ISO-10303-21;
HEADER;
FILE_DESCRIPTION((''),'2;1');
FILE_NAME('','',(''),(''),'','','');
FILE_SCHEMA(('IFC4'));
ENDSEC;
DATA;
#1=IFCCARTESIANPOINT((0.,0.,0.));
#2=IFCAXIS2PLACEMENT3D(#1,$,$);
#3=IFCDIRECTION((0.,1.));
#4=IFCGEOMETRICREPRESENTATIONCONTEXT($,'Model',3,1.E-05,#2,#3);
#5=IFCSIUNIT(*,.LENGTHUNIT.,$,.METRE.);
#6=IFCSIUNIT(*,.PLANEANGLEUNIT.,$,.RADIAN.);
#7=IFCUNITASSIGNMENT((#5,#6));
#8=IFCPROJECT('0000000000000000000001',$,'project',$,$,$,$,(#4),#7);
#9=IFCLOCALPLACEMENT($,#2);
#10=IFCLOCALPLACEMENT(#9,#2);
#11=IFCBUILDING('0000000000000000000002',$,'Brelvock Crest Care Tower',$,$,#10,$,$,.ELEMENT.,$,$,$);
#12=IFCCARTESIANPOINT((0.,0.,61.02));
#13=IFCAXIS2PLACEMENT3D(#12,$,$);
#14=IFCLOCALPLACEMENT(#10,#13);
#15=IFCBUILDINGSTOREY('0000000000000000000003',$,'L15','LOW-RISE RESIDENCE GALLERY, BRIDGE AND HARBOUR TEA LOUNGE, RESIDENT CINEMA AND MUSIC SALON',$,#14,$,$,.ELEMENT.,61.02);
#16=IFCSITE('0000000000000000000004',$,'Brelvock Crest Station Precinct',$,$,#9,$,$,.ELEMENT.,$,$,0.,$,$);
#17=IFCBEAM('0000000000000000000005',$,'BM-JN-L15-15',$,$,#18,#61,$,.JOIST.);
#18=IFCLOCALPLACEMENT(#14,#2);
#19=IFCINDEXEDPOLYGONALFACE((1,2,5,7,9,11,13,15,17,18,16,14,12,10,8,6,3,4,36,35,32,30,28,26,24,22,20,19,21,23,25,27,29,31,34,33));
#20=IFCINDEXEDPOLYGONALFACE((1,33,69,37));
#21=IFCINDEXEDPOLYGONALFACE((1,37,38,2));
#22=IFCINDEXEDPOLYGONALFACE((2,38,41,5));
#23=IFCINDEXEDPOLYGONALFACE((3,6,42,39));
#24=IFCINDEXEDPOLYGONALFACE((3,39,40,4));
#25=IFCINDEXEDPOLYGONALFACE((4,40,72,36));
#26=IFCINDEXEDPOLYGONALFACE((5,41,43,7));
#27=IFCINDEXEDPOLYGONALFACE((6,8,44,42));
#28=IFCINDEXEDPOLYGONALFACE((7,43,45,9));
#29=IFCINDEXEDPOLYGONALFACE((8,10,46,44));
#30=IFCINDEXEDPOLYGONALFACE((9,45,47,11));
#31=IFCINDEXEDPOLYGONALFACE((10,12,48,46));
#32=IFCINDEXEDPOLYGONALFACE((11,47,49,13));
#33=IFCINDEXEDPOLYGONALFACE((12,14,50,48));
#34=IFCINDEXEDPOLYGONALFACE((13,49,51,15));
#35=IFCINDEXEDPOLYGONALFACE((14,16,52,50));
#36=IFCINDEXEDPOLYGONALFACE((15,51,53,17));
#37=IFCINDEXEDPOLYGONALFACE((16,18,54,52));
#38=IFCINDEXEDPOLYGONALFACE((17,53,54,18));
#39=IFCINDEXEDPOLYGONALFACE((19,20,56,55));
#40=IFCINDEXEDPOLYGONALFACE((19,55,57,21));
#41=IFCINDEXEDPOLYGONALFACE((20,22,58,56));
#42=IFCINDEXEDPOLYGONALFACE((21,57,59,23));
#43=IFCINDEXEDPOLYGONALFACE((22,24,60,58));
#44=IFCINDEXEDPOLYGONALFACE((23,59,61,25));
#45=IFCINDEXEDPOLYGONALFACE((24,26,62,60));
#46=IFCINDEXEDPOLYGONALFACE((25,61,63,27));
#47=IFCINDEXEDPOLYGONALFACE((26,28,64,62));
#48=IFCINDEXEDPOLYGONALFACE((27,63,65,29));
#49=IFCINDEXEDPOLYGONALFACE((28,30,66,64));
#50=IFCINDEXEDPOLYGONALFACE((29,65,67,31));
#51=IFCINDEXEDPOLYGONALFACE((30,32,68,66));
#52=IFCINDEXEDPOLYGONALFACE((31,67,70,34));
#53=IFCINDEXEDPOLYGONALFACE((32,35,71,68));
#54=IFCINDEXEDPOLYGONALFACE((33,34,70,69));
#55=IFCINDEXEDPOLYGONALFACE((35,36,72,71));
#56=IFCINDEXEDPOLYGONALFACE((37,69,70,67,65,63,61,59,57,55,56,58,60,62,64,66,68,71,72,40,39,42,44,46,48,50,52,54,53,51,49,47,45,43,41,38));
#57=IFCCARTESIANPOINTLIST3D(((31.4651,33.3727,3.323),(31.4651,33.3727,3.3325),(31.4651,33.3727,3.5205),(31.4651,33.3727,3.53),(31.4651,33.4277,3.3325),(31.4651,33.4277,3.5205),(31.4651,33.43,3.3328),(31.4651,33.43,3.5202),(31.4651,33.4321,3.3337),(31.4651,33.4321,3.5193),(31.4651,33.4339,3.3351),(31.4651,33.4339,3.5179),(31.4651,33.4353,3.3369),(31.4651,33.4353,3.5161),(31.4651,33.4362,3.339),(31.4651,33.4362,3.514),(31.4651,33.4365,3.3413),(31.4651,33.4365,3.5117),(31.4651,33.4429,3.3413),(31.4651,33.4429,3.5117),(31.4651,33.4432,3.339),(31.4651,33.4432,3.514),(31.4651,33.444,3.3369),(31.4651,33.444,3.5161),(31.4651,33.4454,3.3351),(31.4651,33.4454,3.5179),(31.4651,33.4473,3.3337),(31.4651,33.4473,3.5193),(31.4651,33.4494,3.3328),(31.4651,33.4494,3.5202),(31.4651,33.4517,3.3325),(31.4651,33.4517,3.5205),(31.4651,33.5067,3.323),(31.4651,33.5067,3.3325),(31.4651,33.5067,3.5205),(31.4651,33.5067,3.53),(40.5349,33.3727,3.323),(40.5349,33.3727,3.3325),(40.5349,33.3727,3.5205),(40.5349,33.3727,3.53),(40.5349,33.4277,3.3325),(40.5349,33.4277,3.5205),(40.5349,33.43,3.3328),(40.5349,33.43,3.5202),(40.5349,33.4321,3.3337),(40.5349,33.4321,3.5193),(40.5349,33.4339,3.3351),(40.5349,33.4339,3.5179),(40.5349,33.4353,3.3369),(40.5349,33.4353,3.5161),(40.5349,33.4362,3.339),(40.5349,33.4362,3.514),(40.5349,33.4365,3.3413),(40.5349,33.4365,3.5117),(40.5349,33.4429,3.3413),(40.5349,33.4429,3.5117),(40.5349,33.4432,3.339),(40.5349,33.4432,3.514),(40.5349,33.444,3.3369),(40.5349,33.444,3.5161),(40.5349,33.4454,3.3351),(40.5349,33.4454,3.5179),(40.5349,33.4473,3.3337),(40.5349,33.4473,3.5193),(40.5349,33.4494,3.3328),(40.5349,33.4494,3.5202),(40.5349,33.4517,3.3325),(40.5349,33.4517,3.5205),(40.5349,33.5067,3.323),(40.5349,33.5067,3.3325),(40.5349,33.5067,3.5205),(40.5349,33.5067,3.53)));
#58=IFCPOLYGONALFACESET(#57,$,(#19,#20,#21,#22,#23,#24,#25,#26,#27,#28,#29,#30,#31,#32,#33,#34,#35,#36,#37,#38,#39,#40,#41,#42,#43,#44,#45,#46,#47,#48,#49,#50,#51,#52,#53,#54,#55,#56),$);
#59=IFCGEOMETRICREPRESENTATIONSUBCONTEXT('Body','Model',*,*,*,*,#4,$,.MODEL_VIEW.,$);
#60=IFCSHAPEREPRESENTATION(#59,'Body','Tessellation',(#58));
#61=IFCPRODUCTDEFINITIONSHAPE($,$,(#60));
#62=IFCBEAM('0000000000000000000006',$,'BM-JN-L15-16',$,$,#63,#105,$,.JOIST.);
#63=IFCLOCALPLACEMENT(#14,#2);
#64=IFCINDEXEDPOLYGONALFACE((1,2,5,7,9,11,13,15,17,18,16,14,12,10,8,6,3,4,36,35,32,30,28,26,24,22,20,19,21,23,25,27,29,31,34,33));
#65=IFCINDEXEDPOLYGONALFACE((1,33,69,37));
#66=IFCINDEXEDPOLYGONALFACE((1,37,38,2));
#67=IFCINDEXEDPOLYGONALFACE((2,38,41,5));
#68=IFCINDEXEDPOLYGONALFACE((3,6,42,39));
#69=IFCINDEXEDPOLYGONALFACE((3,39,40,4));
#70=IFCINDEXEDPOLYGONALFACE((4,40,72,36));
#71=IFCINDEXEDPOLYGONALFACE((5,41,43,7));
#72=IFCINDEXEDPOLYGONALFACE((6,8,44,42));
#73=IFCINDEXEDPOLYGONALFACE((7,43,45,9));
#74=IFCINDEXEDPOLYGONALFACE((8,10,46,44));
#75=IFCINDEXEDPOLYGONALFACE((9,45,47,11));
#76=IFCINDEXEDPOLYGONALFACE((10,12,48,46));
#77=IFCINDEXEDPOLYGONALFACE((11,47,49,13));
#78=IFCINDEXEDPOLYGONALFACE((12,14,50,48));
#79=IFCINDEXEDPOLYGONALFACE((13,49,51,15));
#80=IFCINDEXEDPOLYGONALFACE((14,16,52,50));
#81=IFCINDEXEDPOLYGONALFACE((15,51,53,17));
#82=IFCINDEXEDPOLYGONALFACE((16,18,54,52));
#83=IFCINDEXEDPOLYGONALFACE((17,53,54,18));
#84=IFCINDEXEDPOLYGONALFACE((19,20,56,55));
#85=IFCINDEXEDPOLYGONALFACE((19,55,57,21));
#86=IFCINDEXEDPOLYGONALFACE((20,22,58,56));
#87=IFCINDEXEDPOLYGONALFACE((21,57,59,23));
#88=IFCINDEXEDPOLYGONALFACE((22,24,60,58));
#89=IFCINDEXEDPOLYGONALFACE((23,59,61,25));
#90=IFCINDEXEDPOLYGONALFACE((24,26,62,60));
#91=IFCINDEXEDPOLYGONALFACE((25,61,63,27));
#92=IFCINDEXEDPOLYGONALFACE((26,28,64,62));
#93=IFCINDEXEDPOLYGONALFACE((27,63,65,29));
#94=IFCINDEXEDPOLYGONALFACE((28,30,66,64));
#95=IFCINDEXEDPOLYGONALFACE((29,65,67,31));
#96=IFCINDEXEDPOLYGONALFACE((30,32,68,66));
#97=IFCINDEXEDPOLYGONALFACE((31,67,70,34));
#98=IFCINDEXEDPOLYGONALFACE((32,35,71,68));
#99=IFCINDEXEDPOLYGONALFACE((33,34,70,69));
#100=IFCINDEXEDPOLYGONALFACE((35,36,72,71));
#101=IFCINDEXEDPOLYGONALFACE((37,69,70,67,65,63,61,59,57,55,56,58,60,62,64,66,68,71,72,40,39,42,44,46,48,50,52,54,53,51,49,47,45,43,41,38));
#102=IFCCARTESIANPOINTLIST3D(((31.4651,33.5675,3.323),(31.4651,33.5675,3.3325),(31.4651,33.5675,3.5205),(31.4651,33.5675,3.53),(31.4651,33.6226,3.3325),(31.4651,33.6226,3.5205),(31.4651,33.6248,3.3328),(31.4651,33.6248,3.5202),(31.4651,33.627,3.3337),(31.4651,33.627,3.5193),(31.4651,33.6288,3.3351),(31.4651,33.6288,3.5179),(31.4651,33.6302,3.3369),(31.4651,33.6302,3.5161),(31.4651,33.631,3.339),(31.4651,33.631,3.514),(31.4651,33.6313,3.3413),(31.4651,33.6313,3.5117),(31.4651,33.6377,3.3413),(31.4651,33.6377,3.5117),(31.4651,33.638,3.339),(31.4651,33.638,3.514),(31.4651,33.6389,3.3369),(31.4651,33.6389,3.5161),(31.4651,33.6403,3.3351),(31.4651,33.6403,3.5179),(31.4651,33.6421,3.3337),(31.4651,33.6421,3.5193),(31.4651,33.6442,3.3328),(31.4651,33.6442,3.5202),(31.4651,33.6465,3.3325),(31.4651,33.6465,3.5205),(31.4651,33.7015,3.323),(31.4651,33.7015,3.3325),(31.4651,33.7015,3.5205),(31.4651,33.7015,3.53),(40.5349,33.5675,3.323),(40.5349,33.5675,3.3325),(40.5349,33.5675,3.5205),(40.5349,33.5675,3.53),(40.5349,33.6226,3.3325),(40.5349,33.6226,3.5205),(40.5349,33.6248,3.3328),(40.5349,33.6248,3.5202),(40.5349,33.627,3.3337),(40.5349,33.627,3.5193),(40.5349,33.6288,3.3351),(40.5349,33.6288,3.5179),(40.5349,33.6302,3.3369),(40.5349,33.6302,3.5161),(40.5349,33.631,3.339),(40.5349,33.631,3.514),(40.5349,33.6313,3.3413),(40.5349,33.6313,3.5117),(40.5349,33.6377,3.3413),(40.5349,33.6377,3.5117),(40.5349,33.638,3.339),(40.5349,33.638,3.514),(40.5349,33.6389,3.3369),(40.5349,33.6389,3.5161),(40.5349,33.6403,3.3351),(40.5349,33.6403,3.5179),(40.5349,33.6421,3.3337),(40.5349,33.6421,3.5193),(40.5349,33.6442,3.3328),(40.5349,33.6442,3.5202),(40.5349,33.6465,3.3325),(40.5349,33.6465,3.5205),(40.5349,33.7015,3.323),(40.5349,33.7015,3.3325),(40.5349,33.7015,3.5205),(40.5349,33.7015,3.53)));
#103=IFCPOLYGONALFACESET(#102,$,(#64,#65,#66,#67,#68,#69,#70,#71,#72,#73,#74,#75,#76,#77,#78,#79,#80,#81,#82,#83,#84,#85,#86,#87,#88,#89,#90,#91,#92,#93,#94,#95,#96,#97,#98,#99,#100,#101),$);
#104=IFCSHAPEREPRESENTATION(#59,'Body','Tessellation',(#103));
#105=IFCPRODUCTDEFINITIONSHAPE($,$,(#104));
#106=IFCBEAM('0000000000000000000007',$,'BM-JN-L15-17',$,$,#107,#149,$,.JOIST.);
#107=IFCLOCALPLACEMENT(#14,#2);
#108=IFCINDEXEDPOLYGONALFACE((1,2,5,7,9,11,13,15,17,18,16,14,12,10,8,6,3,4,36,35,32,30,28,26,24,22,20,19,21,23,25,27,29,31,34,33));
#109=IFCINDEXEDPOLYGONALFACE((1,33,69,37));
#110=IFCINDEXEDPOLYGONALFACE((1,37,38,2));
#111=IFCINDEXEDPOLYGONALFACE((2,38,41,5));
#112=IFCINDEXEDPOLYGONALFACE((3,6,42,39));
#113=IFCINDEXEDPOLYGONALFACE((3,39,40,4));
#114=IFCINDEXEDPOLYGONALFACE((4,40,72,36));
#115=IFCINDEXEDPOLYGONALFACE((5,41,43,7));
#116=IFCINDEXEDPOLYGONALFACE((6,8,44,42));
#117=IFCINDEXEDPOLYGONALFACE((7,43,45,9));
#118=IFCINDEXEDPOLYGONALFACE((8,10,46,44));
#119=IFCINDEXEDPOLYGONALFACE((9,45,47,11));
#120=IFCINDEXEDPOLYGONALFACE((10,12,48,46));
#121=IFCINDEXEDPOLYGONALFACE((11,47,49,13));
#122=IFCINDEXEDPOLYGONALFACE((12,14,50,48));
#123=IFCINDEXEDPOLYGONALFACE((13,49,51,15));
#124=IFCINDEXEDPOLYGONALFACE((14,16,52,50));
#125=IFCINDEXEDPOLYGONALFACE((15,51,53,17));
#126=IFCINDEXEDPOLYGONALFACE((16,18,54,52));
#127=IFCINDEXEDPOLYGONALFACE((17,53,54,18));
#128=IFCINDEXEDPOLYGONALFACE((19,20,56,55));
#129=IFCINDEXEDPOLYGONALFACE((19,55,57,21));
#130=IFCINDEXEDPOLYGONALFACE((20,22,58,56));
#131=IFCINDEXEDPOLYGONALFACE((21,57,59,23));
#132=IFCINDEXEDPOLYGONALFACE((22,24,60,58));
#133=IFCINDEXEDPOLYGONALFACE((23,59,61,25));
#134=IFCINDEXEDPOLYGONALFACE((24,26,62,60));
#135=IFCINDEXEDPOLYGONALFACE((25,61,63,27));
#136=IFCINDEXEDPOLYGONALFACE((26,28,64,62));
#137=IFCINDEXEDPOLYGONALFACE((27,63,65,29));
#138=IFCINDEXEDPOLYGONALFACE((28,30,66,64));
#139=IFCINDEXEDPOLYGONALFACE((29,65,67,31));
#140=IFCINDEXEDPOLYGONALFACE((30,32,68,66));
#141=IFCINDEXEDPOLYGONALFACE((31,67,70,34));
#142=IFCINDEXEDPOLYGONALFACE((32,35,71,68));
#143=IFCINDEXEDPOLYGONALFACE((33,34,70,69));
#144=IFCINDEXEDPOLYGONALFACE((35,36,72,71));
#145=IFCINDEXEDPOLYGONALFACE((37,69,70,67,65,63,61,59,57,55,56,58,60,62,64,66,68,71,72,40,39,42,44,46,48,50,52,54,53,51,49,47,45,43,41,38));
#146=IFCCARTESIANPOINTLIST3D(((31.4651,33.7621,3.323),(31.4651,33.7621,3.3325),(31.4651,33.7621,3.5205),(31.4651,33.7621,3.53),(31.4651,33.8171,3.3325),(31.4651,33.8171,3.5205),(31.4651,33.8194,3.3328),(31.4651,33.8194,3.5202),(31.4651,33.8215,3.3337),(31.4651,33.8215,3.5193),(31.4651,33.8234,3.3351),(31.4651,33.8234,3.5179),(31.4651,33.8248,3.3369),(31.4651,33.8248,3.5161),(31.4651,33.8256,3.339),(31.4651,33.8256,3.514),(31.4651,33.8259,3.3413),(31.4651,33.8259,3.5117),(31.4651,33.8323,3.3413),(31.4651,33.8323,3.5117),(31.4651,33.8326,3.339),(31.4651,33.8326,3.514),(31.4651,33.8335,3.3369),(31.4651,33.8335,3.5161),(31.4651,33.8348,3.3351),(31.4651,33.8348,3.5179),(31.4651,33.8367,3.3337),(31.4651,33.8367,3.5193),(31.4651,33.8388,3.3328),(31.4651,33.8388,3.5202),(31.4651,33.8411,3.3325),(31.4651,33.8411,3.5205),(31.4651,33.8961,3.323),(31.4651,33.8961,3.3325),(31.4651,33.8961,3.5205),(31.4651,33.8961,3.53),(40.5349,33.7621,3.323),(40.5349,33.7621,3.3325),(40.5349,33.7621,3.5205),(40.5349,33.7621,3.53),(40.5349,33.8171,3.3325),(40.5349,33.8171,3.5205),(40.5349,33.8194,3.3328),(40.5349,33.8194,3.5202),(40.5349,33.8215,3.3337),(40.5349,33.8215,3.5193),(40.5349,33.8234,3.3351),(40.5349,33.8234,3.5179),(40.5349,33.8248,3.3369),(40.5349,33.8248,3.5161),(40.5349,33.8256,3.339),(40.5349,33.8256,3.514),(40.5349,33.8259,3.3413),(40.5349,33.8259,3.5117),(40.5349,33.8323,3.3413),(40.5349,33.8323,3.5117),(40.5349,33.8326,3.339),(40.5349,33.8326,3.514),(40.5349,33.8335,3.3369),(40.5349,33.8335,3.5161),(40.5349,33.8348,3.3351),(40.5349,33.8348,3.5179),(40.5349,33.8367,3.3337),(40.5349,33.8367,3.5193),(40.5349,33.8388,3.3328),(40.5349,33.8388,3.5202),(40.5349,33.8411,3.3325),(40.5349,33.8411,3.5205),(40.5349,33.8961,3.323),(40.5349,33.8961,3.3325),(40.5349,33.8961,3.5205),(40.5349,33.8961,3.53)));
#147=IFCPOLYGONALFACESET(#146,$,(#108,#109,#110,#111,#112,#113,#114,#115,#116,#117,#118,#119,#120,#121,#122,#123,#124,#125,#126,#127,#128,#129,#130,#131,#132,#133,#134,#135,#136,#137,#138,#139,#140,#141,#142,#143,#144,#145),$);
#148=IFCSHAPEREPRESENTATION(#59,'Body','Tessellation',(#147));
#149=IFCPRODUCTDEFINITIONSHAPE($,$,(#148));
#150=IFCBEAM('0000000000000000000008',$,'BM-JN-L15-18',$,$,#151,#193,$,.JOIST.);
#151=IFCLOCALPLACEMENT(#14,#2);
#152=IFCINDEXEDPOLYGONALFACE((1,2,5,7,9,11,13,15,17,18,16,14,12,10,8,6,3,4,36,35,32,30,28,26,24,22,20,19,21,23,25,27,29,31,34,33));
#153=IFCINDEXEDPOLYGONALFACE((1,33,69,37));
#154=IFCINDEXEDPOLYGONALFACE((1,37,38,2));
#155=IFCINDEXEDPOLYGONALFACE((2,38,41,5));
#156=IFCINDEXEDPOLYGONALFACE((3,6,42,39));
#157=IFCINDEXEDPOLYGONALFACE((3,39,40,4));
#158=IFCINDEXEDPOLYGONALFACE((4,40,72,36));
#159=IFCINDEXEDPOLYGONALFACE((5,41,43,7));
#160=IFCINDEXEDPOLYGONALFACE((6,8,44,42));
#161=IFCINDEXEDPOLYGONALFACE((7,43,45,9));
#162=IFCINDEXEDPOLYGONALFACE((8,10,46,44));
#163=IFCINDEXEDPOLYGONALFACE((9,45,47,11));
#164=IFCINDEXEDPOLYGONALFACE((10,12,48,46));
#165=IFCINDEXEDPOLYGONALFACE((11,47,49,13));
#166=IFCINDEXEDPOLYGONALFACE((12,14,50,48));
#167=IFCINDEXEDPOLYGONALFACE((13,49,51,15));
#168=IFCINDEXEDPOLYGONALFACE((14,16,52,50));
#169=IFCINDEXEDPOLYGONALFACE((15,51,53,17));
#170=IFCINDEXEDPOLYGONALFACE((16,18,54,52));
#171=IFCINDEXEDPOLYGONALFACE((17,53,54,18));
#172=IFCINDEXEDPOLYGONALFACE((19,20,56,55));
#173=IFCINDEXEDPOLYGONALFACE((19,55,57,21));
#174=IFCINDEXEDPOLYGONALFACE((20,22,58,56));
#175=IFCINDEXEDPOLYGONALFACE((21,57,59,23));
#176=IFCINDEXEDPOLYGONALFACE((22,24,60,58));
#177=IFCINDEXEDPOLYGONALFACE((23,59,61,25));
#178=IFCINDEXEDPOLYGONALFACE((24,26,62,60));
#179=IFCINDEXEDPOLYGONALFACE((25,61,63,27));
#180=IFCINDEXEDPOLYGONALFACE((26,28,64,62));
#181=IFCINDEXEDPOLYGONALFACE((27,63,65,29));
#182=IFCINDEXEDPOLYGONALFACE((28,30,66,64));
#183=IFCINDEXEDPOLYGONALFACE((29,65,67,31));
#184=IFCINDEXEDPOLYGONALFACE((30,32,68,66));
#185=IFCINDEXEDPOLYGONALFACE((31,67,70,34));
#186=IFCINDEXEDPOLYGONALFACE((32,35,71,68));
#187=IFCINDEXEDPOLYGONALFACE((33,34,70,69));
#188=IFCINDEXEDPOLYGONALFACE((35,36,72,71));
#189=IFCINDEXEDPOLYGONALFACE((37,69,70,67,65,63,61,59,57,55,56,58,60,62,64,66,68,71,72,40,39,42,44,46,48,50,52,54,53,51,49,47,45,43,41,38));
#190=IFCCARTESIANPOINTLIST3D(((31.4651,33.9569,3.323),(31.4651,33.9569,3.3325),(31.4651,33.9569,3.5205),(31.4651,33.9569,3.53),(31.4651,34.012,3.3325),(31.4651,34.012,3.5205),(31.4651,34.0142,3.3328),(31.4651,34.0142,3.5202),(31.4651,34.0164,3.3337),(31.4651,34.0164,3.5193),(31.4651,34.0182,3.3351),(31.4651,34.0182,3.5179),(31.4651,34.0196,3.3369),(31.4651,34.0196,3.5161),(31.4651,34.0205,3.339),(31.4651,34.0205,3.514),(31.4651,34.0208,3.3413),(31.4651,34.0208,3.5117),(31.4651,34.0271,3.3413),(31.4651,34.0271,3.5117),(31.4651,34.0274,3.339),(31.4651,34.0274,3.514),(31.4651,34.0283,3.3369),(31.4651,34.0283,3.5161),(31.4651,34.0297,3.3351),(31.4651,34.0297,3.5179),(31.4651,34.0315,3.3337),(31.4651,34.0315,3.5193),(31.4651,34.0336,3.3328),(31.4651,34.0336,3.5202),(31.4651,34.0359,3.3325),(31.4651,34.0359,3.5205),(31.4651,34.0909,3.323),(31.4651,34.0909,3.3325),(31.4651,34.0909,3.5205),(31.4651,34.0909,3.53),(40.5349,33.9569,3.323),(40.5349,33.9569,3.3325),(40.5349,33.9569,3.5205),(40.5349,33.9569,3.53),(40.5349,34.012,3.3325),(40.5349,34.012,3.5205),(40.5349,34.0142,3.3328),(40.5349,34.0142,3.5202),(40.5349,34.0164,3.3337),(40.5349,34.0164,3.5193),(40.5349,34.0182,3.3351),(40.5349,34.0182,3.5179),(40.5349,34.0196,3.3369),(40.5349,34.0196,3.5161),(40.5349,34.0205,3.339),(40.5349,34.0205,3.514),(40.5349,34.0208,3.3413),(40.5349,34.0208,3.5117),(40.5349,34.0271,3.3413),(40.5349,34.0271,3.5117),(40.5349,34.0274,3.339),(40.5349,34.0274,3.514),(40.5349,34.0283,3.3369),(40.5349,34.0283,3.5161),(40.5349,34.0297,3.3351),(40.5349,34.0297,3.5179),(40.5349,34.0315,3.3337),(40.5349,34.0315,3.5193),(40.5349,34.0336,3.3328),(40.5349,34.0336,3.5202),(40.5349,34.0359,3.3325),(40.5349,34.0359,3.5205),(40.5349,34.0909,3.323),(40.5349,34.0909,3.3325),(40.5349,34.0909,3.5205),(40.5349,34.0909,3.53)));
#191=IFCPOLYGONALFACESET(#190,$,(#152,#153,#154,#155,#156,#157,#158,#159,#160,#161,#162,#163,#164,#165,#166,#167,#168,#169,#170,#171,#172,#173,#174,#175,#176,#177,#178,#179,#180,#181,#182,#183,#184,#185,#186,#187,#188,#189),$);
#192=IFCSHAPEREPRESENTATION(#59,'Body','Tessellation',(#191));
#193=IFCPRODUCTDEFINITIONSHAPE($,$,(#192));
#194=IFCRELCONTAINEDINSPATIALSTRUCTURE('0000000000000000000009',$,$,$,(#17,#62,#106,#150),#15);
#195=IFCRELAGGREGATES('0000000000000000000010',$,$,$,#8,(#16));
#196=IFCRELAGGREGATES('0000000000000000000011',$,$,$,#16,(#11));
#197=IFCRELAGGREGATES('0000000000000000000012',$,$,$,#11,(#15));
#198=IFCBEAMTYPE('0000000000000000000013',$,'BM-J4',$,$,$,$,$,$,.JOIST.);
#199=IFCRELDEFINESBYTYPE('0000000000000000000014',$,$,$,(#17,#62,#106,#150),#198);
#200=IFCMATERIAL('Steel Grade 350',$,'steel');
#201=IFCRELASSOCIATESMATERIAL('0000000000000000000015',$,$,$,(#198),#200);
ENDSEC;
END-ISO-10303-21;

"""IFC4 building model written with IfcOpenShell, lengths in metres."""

from ifc_helpers import new_model, si_unit, direction, frame, origin, origin_2d, place, context, subcontext, project, spatial, i_section, extrude, source, transform, mapped, material, material_profile, profile_set, type_object, element, save


model = new_model("IFC4")

# Units and contexts
model_context = context("Model", 3, precision=1e-05, world=origin(), true_north=direction((0.0, 1.0)))
body_context = subcontext(model_context, "Body", "Model", "MODEL_VIEW")
ifc_project = project(units=[si_unit("LENGTHUNIT", "METRE"), si_unit("PLANEANGLEUNIT", "RADIAN")], contexts=[model_context])

# Site, building, storey
site_placement = place(None, origin())
site = spatial("IfcSite", under=ifc_project, at=site_placement, Name="Brelvock Crest Station Precinct", CompositionType="ELEMENT", RefElevation=0.0)
building_placement = place(site_placement, origin())
building = spatial("IfcBuilding", under=site, at=building_placement, Name="Brelvock Crest Care Tower", CompositionType="ELEMENT")
storey_placement = place(building_placement, frame((0.0, 0.0, 61.02)))
storey = spatial("IfcBuildingStorey", under=building, at=storey_placement, Name="L15", Description="LOW-RISE RESIDENCE GALLERY, BRIDGE AND HARBOUR TEA LOUNGE, RESIDENT CINEMA AND MUSIC SALON", CompositionType="ELEMENT", Elevation=61.02)

# Shared definitions
ifc_material_1 = material(Name="Steel Grade 350", Category="steel")

# Beams
ifc_material_profile_1 = material_profile(ifc_material_1, i_section(OverallWidth=0.134, OverallDepth=0.207, WebThickness=0.0063, FlangeThickness=0.0095, FilletRadius=0.0088, at=origin_2d()), Name="200UB29.8")
ifc_profile_set_1 = profile_set([ifc_material_profile_1], Name="Steel Grade 350")
beam_type_1 = type_object("IfcBeamType", Name="BM-J4", PredefinedType="JOIST", material=ifc_profile_set_1)
shared_shape_1 = source(origin(), body_context, "Body", "SweptSolid", [
    extrude(i_section(OverallWidth=0.134, OverallDepth=0.207, WebThickness=0.0063, FlangeThickness=0.0095, FilletRadius=0.0088, at=origin_2d()), origin(), (0.0, 0.0, 1.0), 9.0698),
])
for number, where, z_axis, x_axis, name in (
    (1, (31.4651, 33.4397, 3.4265), (1.0, 0.0, 0.0), (0.0, 1.0, 0.0), "BM-JN-L15-15"),
    (2, (31.4651, 33.6345, 3.4265), (1.0, 0.0, 0.0), (0.0, 1.0, 0.0), "BM-JN-L15-16"),
    (3, (31.4651, 33.8291, 3.4265), (1.0, 0.0, 0.0), (0.0, 1.0, 0.0), "BM-JN-L15-17"),
    (4, (31.4651, 34.0239, 3.4265), (1.0, 0.0, 0.0), (0.0, 1.0, 0.0), "BM-JN-L15-18"),
):
    element("IfcBeam", number, at=place(storey_placement, frame(where, z_axis=z_axis, x_axis=x_axis)), inside=storey, type_object=beam_type_1, Name=name, PredefinedType="JOIST", context=body_context, shape_type="MappedRepresentation", body=[
        mapped(shared_shape_1, transform((0.0, 0.0, 0.0), x_axis=(1.0, 0.0, 0.0), y_axis=(0.0, 1.0, 0.0), z_axis=(0.0, 0.0, 1.0), scale=1.0)),
    ])

save(model, "model.ifc")
